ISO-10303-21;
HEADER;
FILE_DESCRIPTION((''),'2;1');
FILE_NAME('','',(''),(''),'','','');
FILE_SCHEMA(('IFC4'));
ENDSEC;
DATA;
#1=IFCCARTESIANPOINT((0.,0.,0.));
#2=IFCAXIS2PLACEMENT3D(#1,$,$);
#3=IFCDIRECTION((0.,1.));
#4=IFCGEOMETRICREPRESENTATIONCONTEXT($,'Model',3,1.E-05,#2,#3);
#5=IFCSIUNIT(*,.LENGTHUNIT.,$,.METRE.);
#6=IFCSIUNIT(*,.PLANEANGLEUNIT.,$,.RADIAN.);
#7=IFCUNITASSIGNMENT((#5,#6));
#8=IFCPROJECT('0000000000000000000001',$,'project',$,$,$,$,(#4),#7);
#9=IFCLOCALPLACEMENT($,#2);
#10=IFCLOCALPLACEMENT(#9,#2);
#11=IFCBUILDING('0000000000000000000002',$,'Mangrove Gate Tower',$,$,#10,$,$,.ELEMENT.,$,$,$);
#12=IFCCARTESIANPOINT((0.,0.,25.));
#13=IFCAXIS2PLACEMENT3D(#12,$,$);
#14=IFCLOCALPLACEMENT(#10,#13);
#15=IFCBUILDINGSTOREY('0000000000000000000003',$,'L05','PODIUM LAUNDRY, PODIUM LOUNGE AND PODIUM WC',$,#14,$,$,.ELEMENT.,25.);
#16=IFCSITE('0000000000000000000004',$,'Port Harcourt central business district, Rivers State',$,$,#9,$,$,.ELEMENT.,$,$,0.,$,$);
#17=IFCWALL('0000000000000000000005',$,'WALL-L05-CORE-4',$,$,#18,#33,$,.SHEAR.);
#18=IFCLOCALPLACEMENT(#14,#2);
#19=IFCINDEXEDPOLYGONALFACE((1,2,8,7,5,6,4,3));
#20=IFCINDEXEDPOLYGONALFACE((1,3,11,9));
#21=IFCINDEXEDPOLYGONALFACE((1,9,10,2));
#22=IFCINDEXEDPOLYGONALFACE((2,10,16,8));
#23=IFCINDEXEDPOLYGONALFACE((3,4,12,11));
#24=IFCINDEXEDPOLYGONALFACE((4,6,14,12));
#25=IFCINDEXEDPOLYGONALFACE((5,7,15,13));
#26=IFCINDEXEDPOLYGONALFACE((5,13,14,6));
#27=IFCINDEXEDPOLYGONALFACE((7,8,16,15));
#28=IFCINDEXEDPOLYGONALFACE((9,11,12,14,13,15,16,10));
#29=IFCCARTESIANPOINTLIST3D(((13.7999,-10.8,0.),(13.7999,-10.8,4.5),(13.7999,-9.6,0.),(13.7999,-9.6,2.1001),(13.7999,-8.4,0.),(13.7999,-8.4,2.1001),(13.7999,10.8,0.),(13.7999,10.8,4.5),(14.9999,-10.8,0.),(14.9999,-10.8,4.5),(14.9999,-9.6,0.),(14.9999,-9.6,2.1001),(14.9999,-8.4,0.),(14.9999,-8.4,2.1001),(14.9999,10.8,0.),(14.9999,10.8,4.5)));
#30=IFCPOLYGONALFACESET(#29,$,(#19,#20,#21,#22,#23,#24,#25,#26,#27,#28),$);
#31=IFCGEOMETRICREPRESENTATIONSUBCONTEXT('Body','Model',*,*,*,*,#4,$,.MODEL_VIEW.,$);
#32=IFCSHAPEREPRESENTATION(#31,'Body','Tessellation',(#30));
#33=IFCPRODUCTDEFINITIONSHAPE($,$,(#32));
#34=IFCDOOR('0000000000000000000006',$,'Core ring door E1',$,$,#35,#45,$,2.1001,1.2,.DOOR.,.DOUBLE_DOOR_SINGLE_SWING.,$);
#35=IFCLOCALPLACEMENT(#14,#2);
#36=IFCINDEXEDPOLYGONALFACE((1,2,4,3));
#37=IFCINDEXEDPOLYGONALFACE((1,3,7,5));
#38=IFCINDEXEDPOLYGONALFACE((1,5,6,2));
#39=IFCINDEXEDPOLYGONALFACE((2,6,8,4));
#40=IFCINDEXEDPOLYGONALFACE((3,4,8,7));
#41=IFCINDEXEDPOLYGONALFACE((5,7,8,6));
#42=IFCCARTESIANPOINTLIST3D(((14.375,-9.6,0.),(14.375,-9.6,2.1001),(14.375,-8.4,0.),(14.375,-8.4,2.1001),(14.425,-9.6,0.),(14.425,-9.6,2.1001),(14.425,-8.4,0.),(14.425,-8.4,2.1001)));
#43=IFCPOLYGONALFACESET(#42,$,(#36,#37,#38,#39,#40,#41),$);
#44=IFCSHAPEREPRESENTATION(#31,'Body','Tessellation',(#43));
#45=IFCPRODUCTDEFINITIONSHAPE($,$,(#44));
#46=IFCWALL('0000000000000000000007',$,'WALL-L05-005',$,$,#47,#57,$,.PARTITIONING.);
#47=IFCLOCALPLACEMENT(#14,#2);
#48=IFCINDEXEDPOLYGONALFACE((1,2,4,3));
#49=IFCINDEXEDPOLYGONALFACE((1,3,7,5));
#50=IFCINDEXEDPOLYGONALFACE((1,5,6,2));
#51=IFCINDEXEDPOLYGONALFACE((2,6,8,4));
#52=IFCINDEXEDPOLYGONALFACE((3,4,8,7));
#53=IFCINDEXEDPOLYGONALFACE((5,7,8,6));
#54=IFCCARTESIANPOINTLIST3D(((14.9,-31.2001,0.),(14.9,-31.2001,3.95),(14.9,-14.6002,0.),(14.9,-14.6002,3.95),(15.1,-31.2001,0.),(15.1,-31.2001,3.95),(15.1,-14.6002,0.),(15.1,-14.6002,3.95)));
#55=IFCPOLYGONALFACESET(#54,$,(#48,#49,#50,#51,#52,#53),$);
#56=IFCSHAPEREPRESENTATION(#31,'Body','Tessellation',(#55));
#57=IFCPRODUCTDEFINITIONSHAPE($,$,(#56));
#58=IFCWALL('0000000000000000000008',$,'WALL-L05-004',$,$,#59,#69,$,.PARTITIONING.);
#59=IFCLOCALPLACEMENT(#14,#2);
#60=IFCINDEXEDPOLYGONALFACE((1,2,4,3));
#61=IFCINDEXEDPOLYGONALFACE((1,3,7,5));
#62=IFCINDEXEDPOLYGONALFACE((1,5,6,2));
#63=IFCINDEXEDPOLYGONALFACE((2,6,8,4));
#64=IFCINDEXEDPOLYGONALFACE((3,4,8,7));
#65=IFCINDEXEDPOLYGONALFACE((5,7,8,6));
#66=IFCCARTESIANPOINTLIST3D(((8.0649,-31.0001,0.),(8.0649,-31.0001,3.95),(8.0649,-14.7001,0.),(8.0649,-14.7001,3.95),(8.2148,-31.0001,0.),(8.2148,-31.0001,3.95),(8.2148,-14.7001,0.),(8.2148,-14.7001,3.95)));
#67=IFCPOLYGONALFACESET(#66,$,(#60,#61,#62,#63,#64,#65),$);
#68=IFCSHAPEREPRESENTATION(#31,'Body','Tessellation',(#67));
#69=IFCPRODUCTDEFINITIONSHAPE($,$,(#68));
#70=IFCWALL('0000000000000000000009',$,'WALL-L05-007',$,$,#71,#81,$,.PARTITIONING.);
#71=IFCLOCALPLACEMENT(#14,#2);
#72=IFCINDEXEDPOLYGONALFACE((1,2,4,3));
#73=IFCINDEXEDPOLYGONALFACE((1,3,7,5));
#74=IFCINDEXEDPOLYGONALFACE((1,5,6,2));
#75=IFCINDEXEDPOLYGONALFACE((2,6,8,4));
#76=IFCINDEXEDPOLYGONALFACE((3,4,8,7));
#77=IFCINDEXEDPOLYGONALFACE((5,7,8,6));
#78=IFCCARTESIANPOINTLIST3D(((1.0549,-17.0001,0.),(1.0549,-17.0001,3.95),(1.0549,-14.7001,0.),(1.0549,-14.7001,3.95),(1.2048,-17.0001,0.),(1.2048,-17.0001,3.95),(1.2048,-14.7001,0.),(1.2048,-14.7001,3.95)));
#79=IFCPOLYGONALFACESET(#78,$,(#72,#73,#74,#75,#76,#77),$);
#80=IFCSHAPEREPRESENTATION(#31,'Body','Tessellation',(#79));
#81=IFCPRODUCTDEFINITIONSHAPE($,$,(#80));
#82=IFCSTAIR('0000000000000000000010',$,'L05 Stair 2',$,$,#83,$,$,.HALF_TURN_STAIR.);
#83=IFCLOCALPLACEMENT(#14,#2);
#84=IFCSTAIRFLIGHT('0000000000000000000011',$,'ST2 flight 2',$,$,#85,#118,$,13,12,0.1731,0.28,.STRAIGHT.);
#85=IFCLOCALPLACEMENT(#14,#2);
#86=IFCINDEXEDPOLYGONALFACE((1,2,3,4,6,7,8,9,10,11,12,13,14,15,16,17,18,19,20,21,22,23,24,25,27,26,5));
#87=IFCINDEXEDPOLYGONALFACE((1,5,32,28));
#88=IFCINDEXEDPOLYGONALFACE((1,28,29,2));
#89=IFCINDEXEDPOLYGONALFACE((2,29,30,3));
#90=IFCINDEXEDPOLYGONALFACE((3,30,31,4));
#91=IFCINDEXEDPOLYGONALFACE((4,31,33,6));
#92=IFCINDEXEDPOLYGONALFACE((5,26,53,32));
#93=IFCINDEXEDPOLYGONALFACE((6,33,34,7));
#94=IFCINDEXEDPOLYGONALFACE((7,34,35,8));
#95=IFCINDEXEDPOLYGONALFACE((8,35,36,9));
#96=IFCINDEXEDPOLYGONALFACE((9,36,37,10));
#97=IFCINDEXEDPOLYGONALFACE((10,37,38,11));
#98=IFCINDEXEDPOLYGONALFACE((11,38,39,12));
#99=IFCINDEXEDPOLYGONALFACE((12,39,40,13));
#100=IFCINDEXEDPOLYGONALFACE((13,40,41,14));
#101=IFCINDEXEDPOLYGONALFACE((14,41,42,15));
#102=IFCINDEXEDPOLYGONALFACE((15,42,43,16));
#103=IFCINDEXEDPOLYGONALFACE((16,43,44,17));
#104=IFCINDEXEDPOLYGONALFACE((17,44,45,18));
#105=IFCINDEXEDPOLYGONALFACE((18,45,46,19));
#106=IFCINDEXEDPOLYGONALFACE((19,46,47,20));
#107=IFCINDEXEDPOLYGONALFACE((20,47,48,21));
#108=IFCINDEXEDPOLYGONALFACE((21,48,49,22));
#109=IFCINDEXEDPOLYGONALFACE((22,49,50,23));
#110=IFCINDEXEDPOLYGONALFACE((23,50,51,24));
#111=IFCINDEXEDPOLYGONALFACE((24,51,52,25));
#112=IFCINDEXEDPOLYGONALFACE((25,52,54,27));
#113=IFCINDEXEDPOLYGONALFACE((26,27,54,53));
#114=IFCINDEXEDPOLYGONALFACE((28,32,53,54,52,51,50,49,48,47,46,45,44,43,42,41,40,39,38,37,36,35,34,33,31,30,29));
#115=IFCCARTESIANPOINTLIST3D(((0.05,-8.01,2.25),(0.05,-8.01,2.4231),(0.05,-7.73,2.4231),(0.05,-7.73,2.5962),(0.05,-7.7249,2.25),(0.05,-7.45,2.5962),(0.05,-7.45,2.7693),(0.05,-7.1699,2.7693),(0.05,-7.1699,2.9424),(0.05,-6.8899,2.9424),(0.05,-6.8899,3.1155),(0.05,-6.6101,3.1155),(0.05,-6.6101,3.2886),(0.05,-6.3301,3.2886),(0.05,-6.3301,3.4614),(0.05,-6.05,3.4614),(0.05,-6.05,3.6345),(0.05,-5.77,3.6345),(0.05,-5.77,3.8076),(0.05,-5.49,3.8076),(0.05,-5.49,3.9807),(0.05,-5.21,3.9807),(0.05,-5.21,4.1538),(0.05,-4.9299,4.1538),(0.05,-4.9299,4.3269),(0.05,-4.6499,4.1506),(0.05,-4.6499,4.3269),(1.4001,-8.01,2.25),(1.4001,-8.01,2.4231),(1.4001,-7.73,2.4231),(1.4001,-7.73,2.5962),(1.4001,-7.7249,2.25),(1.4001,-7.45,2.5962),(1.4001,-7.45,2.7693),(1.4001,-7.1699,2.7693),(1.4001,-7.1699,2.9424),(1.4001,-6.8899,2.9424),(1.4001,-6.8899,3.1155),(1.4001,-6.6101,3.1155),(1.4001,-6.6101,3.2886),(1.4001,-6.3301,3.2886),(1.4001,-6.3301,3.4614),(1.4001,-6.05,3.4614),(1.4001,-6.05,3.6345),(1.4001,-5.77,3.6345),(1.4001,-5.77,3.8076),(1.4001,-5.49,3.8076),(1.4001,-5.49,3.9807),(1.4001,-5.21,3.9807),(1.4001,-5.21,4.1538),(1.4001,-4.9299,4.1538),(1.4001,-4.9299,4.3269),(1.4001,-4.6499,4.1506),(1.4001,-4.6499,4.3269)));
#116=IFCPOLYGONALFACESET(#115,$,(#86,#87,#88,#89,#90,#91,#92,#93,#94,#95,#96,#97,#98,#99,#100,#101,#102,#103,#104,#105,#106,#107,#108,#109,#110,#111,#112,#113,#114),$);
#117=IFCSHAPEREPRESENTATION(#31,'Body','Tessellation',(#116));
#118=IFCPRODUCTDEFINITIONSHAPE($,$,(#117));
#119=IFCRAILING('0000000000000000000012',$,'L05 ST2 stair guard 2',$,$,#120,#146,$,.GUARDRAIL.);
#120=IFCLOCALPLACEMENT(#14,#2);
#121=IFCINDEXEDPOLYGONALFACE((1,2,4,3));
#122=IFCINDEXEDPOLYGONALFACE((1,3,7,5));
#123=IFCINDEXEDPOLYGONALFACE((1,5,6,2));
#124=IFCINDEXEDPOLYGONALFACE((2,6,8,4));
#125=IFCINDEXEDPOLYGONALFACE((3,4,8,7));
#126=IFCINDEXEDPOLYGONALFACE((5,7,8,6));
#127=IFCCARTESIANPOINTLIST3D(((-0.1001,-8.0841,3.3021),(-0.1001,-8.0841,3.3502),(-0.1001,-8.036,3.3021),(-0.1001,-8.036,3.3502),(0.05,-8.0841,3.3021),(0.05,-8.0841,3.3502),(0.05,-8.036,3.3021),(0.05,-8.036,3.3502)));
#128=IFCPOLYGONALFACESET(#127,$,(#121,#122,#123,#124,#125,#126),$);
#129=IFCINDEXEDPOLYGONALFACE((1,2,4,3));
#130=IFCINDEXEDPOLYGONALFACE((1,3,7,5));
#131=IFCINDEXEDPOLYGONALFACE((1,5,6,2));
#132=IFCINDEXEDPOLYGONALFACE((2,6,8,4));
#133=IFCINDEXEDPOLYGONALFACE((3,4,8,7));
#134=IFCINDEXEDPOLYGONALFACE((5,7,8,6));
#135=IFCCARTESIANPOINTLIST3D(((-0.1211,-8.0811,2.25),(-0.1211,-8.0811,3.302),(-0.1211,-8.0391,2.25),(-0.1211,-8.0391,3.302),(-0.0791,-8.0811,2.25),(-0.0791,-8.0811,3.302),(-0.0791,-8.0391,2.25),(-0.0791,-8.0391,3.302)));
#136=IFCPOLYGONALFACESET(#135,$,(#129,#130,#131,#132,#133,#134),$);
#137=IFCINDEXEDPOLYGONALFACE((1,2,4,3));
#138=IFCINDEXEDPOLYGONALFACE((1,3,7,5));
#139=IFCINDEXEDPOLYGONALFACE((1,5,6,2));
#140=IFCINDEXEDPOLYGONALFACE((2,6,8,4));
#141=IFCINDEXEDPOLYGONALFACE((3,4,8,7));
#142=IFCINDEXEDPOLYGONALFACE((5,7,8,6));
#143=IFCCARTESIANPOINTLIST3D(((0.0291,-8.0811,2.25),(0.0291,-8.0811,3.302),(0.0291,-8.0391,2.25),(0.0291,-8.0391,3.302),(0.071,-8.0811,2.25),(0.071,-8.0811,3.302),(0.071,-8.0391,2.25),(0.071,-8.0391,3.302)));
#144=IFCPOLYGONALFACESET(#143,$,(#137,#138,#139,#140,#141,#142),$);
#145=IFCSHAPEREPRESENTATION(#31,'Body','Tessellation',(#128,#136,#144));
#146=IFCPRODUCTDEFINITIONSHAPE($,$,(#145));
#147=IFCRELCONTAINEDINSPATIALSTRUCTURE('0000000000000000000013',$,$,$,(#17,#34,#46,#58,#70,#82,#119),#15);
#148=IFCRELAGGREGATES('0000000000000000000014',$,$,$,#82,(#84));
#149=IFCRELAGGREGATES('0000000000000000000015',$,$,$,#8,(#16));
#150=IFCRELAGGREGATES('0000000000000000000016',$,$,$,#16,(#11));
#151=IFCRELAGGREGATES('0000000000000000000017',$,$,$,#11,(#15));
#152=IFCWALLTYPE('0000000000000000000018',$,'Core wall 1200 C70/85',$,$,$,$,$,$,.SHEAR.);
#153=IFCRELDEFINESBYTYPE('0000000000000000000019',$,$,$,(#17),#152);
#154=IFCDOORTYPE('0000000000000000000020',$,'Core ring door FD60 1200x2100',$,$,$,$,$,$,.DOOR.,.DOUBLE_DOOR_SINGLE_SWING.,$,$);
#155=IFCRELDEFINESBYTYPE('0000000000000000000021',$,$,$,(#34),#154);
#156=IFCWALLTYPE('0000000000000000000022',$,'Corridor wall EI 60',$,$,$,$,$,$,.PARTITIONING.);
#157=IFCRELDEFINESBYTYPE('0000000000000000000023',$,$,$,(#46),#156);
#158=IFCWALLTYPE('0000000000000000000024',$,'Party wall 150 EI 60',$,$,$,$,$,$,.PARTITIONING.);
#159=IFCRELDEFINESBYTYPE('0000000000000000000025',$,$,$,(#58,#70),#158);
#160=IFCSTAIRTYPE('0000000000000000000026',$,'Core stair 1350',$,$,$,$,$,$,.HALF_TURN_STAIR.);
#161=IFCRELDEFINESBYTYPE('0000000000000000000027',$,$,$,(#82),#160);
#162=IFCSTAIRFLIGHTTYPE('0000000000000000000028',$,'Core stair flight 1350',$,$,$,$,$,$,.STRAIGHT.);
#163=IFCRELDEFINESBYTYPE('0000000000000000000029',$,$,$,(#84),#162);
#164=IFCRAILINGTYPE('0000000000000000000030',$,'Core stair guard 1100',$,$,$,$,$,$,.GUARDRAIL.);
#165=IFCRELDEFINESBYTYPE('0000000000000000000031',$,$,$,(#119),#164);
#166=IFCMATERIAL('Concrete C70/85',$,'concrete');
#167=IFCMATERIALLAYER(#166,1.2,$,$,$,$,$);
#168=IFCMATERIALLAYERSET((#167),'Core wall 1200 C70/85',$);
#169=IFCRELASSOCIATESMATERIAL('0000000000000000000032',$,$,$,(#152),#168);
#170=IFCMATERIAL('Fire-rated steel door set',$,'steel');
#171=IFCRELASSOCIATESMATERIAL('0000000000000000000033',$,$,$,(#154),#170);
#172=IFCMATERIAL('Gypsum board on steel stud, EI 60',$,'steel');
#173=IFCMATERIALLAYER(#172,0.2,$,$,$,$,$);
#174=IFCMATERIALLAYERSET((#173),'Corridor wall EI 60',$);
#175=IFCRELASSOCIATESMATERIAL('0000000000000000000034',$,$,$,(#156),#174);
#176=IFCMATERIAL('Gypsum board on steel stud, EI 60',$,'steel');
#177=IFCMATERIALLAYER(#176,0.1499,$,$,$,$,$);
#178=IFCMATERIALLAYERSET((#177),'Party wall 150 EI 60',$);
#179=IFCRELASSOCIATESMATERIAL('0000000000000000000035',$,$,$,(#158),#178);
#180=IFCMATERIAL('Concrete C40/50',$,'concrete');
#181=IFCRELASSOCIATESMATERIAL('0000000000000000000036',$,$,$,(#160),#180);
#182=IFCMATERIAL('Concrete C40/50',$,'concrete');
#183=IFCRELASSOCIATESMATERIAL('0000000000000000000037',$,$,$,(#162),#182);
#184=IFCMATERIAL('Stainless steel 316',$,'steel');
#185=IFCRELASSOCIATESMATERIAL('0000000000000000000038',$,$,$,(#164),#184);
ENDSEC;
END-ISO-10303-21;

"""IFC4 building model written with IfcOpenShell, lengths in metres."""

from ifc_helpers import new_model, si_unit, direction, frame, frame_2d, origin, origin_2d, place, context, subcontext, project, spatial, polyline, rectangle, outline, extrude, material, layer, layer_set, type_object, element, fill, aggregate, save


model = new_model("IFC4")

# Units and contexts
model_context = context("Model", 3, precision=1e-05, world=origin(), true_north=direction((0.0, 1.0)))
body_context = subcontext(model_context, "Body", "Model", "MODEL_VIEW")
ifc_project = project(units=[si_unit("LENGTHUNIT", "METRE"), si_unit("PLANEANGLEUNIT", "RADIAN")], contexts=[model_context])

# Site, building, storey
site_placement = place(None, origin())
site = spatial("IfcSite", under=ifc_project, at=site_placement, Name="Port Harcourt central business district, Rivers State", CompositionType="ELEMENT", RefElevation=0.0)
building_placement = place(site_placement, origin())
building = spatial("IfcBuilding", under=site, at=building_placement, Name="Mangrove Gate Tower", CompositionType="ELEMENT")
storey_placement = place(building_placement, frame((0.0, 0.0, 25.0)))
storey = spatial("IfcBuildingStorey", under=building, at=storey_placement, Name="L05", Description="PODIUM LAUNDRY, PODIUM LOUNGE AND PODIUM WC", CompositionType="ELEMENT", Elevation=25.0)

# Wall, opening, door
ifc_material_1 = material(Name="Concrete C70/85", Category="concrete")
ifc_layer_1 = layer(ifc_material_1, 1.2)
ifc_layer_set_1 = layer_set([ifc_layer_1], Name="Core wall 1200 C70/85")
wall_type_1 = type_object("IfcWallType", Name="Core wall 1200 C70/85", PredefinedType="SHEAR", material=ifc_layer_set_1)
wall_1_placement = place(storey_placement, frame((14.3999, -10.8, 0.0), z_axis=(0.0, 0.0, 1.0), x_axis=(0.0, 1.0, 0.0)))
wall_1 = element("IfcWall", 1, at=wall_1_placement, inside=storey, type_object=wall_type_1, Name="WALL-L05-CORE-4", PredefinedType="SHEAR", context=body_context, shape_type="SweptSolid", body=[
    extrude(rectangle(XDim=21.6001, YDim=1.2, at=frame_2d((10.8, 0.0))), origin(), (0.0, 0.0, 1.0), 4.5),
])
opening_1_placement = place(wall_1_placement, frame((1.2, 0.0, 0.0)))
opening_1 = element("IfcOpeningElement", 2, at=opening_1_placement, cuts=wall_1, PredefinedType="OPENING", context=body_context, shape_type="SweptSolid", body=[
    extrude(rectangle(XDim=1.2, YDim=2.1001, at=frame_2d((0.6001, 1.05))), frame((0.0, 0.6099, 0.0), z_axis=(0.0, -1.0, 0.0), x_axis=(1.0, 0.0, 0.0)), (0.0, 0.0, 1.0), 1.22),
])
ifc_material_2 = material(Name="Fire-rated steel door set", Category="steel")
door_type_1 = type_object("IfcDoorType", Name="Core ring door FD60 1200x2100", OperationType="DOUBLE_DOOR_SINGLE_SWING", PredefinedType="DOOR", material=ifc_material_2)
door_1_placement = place(opening_1_placement, origin())
door_1 = element("IfcDoor", 3, at=door_1_placement, inside=storey, type_object=door_type_1, Name="Core ring door E1", OperationType="DOUBLE_DOOR_SINGLE_SWING", OverallHeight=2.1001, OverallWidth=1.2, PredefinedType="DOOR", context=body_context, shape_type="SweptSolid", body=[
    extrude(rectangle(XDim=1.2, YDim=2.1001, at=frame_2d((0.6001, 1.05))), frame((0.0, 0.0249, 0.0), z_axis=(0.0, -1.0, 0.0), x_axis=(1.0, 0.0, 0.0)), (0.0, 0.0, 1.0), 0.05),
])
fill(opening_1, door_1)

# Walls
ifc_material_3 = material(Name="Gypsum board on steel stud, EI 60", Category="steel")
ifc_layer_2 = layer(ifc_material_3, 0.2)
ifc_layer_set_2 = layer_set([ifc_layer_2], Name="Corridor wall EI 60")
wall_type_2 = type_object("IfcWallType", Name="Corridor wall EI 60", PredefinedType="PARTITIONING", material=ifc_layer_set_2)
wall_2_placement = place(storey_placement, frame((15.0, -31.2, 0.0), z_axis=(0.0, 0.0, 1.0), x_axis=(0.0, 1.0, 0.0)))
element("IfcWall", 4, at=wall_2_placement, inside=storey, type_object=wall_type_2, Name="WALL-L05-005", PredefinedType="PARTITIONING", context=body_context, shape_type="SweptSolid", body=[
    extrude(rectangle(XDim=16.5999, YDim=0.2, at=frame_2d((8.2998, 0.0))), origin(), (0.0, 0.0, 1.0), 3.95),
])
ifc_material_4 = material(Name="Gypsum board on steel stud, EI 60", Category="steel")
ifc_layer_3 = layer(ifc_material_4, 0.1499)
ifc_layer_set_3 = layer_set([ifc_layer_3], Name="Party wall 150 EI 60")
wall_type_3 = type_object("IfcWallType", Name="Party wall 150 EI 60", PredefinedType="PARTITIONING", material=ifc_layer_set_3)
wall_3_placement = place(storey_placement, frame((8.1399, -31.0, 0.0), z_axis=(0.0, 0.0, 1.0), x_axis=(0.0, 1.0, 0.0)))
element("IfcWall", 5, at=wall_3_placement, inside=storey, type_object=wall_type_3, Name="WALL-L05-004", PredefinedType="PARTITIONING", context=body_context, shape_type="SweptSolid", body=[
    extrude(rectangle(XDim=16.3, YDim=0.1499, at=frame_2d((8.1499, 0.0))), origin(), (0.0, 0.0, 1.0), 3.95),
])
wall_4_placement = place(storey_placement, frame((1.1299, -17.0, 0.0), z_axis=(0.0, 0.0, 1.0), x_axis=(0.0, 1.0, 0.0)))
element("IfcWall", 6, at=wall_4_placement, inside=storey, type_object=wall_type_3, Name="WALL-L05-007", PredefinedType="PARTITIONING", context=body_context, shape_type="SweptSolid", body=[
    extrude(rectangle(XDim=2.3, YDim=0.1499, at=frame_2d((1.1499, 0.0))), origin(), (0.0, 0.0, 1.0), 3.95),
])

# Stair, stair flight
ifc_material_5 = material(Name="Concrete C40/50", Category="concrete")
stair_type = type_object("IfcStairType", Name="Core stair 1350", PredefinedType="HALF_TURN_STAIR", material=ifc_material_5)
stair_placement = place(storey_placement, origin())
stair = element("IfcStair", 7, at=stair_placement, inside=storey, type_object=stair_type, Name="L05 Stair 2", PredefinedType="HALF_TURN_STAIR")
ifc_material_6 = material(Name="Concrete C40/50", Category="concrete")
stair_flight_type = type_object("IfcStairFlightType", Name="Core stair flight 1350", PredefinedType="STRAIGHT", material=ifc_material_6)
stair_flight_placement = place(storey_placement, frame((0.7251, -8.01, 2.25), z_axis=(0.0, 0.0, 1.0), x_axis=(0.0, 1.0, 0.0)))
stair_flight = element("IfcStairFlight", 8, at=stair_flight_placement, type_object=stair_flight_type, Name="ST2 flight 2", NumberOfRisers=13, NumberOfTreads=12, PredefinedType="STRAIGHT", RiserHeight=0.1731, TreadLength=0.28, context=body_context, shape_type="SweptSolid", body=[
    extrude(outline(polyline([(0.0, 0.0), (0.0, 0.1731), (0.28, 0.1731), (0.28, 0.3462), (0.5601, 0.3462), (0.5601, 0.5193), (0.8401, 0.5193), (0.8401, 0.6924), (1.1201, 0.6924), (1.1201, 0.8655), (1.3999, 0.8655), (1.3999, 1.0386), (1.6799, 1.0386), (1.6799, 1.2114), (1.96, 1.2114), (1.96, 1.3845), (2.24, 1.3845), (2.24, 1.5576), (2.52, 1.5576), (2.52, 1.7307), (2.8, 1.7307), (2.8, 1.9038), (3.0801, 1.9038), (3.0801, 2.0769), (3.3601, 2.0769), (3.3601, 2.25), (3.3601, 1.9006), (0.2852, 0.0), (0.0, 0.0)])), frame((0.0, 0.675, 0.0), z_axis=(0.0, -1.0, 0.0), x_axis=(1.0, 0.0, 0.0)), (0.0, 0.0, 1.0), 1.3501),
])
aggregate(stair, [stair_flight])

# Railing
ifc_material_7 = material(Name="Stainless steel 316", Category="steel")
railing_type = type_object("IfcRailingType", Name="Core stair guard 1100", PredefinedType="GUARDRAIL", material=ifc_material_7)
railing_1_placement = place(storey_placement, frame((-0.1001, -8.0601, 2.25)))
element("IfcRailing", 9, at=railing_1_placement, inside=storey, type_object=railing_type, Name="L05 ST2 stair guard 2", PredefinedType="GUARDRAIL", context=body_context, shape_type="SweptSolid", body=[
    extrude(rectangle(XDim=0.0481, YDim=0.0481, at=origin_2d()), frame((0.0, 0.0, 1.0762), z_axis=(1.0, 0.0, 0.0), x_axis=(0.0, 1.0, 0.0)), (0.0, 0.0, 1.0), 0.1501),
    extrude(rectangle(XDim=0.042, YDim=0.042, at=origin_2d()), origin(), (0.0, 0.0, 1.0), 1.052),
    extrude(rectangle(XDim=0.042, YDim=0.042, at=origin_2d()), frame((0.1501, 0.0, 0.0)), (0.0, 0.0, 1.0), 1.052),
])

save(model, "model.ifc")
